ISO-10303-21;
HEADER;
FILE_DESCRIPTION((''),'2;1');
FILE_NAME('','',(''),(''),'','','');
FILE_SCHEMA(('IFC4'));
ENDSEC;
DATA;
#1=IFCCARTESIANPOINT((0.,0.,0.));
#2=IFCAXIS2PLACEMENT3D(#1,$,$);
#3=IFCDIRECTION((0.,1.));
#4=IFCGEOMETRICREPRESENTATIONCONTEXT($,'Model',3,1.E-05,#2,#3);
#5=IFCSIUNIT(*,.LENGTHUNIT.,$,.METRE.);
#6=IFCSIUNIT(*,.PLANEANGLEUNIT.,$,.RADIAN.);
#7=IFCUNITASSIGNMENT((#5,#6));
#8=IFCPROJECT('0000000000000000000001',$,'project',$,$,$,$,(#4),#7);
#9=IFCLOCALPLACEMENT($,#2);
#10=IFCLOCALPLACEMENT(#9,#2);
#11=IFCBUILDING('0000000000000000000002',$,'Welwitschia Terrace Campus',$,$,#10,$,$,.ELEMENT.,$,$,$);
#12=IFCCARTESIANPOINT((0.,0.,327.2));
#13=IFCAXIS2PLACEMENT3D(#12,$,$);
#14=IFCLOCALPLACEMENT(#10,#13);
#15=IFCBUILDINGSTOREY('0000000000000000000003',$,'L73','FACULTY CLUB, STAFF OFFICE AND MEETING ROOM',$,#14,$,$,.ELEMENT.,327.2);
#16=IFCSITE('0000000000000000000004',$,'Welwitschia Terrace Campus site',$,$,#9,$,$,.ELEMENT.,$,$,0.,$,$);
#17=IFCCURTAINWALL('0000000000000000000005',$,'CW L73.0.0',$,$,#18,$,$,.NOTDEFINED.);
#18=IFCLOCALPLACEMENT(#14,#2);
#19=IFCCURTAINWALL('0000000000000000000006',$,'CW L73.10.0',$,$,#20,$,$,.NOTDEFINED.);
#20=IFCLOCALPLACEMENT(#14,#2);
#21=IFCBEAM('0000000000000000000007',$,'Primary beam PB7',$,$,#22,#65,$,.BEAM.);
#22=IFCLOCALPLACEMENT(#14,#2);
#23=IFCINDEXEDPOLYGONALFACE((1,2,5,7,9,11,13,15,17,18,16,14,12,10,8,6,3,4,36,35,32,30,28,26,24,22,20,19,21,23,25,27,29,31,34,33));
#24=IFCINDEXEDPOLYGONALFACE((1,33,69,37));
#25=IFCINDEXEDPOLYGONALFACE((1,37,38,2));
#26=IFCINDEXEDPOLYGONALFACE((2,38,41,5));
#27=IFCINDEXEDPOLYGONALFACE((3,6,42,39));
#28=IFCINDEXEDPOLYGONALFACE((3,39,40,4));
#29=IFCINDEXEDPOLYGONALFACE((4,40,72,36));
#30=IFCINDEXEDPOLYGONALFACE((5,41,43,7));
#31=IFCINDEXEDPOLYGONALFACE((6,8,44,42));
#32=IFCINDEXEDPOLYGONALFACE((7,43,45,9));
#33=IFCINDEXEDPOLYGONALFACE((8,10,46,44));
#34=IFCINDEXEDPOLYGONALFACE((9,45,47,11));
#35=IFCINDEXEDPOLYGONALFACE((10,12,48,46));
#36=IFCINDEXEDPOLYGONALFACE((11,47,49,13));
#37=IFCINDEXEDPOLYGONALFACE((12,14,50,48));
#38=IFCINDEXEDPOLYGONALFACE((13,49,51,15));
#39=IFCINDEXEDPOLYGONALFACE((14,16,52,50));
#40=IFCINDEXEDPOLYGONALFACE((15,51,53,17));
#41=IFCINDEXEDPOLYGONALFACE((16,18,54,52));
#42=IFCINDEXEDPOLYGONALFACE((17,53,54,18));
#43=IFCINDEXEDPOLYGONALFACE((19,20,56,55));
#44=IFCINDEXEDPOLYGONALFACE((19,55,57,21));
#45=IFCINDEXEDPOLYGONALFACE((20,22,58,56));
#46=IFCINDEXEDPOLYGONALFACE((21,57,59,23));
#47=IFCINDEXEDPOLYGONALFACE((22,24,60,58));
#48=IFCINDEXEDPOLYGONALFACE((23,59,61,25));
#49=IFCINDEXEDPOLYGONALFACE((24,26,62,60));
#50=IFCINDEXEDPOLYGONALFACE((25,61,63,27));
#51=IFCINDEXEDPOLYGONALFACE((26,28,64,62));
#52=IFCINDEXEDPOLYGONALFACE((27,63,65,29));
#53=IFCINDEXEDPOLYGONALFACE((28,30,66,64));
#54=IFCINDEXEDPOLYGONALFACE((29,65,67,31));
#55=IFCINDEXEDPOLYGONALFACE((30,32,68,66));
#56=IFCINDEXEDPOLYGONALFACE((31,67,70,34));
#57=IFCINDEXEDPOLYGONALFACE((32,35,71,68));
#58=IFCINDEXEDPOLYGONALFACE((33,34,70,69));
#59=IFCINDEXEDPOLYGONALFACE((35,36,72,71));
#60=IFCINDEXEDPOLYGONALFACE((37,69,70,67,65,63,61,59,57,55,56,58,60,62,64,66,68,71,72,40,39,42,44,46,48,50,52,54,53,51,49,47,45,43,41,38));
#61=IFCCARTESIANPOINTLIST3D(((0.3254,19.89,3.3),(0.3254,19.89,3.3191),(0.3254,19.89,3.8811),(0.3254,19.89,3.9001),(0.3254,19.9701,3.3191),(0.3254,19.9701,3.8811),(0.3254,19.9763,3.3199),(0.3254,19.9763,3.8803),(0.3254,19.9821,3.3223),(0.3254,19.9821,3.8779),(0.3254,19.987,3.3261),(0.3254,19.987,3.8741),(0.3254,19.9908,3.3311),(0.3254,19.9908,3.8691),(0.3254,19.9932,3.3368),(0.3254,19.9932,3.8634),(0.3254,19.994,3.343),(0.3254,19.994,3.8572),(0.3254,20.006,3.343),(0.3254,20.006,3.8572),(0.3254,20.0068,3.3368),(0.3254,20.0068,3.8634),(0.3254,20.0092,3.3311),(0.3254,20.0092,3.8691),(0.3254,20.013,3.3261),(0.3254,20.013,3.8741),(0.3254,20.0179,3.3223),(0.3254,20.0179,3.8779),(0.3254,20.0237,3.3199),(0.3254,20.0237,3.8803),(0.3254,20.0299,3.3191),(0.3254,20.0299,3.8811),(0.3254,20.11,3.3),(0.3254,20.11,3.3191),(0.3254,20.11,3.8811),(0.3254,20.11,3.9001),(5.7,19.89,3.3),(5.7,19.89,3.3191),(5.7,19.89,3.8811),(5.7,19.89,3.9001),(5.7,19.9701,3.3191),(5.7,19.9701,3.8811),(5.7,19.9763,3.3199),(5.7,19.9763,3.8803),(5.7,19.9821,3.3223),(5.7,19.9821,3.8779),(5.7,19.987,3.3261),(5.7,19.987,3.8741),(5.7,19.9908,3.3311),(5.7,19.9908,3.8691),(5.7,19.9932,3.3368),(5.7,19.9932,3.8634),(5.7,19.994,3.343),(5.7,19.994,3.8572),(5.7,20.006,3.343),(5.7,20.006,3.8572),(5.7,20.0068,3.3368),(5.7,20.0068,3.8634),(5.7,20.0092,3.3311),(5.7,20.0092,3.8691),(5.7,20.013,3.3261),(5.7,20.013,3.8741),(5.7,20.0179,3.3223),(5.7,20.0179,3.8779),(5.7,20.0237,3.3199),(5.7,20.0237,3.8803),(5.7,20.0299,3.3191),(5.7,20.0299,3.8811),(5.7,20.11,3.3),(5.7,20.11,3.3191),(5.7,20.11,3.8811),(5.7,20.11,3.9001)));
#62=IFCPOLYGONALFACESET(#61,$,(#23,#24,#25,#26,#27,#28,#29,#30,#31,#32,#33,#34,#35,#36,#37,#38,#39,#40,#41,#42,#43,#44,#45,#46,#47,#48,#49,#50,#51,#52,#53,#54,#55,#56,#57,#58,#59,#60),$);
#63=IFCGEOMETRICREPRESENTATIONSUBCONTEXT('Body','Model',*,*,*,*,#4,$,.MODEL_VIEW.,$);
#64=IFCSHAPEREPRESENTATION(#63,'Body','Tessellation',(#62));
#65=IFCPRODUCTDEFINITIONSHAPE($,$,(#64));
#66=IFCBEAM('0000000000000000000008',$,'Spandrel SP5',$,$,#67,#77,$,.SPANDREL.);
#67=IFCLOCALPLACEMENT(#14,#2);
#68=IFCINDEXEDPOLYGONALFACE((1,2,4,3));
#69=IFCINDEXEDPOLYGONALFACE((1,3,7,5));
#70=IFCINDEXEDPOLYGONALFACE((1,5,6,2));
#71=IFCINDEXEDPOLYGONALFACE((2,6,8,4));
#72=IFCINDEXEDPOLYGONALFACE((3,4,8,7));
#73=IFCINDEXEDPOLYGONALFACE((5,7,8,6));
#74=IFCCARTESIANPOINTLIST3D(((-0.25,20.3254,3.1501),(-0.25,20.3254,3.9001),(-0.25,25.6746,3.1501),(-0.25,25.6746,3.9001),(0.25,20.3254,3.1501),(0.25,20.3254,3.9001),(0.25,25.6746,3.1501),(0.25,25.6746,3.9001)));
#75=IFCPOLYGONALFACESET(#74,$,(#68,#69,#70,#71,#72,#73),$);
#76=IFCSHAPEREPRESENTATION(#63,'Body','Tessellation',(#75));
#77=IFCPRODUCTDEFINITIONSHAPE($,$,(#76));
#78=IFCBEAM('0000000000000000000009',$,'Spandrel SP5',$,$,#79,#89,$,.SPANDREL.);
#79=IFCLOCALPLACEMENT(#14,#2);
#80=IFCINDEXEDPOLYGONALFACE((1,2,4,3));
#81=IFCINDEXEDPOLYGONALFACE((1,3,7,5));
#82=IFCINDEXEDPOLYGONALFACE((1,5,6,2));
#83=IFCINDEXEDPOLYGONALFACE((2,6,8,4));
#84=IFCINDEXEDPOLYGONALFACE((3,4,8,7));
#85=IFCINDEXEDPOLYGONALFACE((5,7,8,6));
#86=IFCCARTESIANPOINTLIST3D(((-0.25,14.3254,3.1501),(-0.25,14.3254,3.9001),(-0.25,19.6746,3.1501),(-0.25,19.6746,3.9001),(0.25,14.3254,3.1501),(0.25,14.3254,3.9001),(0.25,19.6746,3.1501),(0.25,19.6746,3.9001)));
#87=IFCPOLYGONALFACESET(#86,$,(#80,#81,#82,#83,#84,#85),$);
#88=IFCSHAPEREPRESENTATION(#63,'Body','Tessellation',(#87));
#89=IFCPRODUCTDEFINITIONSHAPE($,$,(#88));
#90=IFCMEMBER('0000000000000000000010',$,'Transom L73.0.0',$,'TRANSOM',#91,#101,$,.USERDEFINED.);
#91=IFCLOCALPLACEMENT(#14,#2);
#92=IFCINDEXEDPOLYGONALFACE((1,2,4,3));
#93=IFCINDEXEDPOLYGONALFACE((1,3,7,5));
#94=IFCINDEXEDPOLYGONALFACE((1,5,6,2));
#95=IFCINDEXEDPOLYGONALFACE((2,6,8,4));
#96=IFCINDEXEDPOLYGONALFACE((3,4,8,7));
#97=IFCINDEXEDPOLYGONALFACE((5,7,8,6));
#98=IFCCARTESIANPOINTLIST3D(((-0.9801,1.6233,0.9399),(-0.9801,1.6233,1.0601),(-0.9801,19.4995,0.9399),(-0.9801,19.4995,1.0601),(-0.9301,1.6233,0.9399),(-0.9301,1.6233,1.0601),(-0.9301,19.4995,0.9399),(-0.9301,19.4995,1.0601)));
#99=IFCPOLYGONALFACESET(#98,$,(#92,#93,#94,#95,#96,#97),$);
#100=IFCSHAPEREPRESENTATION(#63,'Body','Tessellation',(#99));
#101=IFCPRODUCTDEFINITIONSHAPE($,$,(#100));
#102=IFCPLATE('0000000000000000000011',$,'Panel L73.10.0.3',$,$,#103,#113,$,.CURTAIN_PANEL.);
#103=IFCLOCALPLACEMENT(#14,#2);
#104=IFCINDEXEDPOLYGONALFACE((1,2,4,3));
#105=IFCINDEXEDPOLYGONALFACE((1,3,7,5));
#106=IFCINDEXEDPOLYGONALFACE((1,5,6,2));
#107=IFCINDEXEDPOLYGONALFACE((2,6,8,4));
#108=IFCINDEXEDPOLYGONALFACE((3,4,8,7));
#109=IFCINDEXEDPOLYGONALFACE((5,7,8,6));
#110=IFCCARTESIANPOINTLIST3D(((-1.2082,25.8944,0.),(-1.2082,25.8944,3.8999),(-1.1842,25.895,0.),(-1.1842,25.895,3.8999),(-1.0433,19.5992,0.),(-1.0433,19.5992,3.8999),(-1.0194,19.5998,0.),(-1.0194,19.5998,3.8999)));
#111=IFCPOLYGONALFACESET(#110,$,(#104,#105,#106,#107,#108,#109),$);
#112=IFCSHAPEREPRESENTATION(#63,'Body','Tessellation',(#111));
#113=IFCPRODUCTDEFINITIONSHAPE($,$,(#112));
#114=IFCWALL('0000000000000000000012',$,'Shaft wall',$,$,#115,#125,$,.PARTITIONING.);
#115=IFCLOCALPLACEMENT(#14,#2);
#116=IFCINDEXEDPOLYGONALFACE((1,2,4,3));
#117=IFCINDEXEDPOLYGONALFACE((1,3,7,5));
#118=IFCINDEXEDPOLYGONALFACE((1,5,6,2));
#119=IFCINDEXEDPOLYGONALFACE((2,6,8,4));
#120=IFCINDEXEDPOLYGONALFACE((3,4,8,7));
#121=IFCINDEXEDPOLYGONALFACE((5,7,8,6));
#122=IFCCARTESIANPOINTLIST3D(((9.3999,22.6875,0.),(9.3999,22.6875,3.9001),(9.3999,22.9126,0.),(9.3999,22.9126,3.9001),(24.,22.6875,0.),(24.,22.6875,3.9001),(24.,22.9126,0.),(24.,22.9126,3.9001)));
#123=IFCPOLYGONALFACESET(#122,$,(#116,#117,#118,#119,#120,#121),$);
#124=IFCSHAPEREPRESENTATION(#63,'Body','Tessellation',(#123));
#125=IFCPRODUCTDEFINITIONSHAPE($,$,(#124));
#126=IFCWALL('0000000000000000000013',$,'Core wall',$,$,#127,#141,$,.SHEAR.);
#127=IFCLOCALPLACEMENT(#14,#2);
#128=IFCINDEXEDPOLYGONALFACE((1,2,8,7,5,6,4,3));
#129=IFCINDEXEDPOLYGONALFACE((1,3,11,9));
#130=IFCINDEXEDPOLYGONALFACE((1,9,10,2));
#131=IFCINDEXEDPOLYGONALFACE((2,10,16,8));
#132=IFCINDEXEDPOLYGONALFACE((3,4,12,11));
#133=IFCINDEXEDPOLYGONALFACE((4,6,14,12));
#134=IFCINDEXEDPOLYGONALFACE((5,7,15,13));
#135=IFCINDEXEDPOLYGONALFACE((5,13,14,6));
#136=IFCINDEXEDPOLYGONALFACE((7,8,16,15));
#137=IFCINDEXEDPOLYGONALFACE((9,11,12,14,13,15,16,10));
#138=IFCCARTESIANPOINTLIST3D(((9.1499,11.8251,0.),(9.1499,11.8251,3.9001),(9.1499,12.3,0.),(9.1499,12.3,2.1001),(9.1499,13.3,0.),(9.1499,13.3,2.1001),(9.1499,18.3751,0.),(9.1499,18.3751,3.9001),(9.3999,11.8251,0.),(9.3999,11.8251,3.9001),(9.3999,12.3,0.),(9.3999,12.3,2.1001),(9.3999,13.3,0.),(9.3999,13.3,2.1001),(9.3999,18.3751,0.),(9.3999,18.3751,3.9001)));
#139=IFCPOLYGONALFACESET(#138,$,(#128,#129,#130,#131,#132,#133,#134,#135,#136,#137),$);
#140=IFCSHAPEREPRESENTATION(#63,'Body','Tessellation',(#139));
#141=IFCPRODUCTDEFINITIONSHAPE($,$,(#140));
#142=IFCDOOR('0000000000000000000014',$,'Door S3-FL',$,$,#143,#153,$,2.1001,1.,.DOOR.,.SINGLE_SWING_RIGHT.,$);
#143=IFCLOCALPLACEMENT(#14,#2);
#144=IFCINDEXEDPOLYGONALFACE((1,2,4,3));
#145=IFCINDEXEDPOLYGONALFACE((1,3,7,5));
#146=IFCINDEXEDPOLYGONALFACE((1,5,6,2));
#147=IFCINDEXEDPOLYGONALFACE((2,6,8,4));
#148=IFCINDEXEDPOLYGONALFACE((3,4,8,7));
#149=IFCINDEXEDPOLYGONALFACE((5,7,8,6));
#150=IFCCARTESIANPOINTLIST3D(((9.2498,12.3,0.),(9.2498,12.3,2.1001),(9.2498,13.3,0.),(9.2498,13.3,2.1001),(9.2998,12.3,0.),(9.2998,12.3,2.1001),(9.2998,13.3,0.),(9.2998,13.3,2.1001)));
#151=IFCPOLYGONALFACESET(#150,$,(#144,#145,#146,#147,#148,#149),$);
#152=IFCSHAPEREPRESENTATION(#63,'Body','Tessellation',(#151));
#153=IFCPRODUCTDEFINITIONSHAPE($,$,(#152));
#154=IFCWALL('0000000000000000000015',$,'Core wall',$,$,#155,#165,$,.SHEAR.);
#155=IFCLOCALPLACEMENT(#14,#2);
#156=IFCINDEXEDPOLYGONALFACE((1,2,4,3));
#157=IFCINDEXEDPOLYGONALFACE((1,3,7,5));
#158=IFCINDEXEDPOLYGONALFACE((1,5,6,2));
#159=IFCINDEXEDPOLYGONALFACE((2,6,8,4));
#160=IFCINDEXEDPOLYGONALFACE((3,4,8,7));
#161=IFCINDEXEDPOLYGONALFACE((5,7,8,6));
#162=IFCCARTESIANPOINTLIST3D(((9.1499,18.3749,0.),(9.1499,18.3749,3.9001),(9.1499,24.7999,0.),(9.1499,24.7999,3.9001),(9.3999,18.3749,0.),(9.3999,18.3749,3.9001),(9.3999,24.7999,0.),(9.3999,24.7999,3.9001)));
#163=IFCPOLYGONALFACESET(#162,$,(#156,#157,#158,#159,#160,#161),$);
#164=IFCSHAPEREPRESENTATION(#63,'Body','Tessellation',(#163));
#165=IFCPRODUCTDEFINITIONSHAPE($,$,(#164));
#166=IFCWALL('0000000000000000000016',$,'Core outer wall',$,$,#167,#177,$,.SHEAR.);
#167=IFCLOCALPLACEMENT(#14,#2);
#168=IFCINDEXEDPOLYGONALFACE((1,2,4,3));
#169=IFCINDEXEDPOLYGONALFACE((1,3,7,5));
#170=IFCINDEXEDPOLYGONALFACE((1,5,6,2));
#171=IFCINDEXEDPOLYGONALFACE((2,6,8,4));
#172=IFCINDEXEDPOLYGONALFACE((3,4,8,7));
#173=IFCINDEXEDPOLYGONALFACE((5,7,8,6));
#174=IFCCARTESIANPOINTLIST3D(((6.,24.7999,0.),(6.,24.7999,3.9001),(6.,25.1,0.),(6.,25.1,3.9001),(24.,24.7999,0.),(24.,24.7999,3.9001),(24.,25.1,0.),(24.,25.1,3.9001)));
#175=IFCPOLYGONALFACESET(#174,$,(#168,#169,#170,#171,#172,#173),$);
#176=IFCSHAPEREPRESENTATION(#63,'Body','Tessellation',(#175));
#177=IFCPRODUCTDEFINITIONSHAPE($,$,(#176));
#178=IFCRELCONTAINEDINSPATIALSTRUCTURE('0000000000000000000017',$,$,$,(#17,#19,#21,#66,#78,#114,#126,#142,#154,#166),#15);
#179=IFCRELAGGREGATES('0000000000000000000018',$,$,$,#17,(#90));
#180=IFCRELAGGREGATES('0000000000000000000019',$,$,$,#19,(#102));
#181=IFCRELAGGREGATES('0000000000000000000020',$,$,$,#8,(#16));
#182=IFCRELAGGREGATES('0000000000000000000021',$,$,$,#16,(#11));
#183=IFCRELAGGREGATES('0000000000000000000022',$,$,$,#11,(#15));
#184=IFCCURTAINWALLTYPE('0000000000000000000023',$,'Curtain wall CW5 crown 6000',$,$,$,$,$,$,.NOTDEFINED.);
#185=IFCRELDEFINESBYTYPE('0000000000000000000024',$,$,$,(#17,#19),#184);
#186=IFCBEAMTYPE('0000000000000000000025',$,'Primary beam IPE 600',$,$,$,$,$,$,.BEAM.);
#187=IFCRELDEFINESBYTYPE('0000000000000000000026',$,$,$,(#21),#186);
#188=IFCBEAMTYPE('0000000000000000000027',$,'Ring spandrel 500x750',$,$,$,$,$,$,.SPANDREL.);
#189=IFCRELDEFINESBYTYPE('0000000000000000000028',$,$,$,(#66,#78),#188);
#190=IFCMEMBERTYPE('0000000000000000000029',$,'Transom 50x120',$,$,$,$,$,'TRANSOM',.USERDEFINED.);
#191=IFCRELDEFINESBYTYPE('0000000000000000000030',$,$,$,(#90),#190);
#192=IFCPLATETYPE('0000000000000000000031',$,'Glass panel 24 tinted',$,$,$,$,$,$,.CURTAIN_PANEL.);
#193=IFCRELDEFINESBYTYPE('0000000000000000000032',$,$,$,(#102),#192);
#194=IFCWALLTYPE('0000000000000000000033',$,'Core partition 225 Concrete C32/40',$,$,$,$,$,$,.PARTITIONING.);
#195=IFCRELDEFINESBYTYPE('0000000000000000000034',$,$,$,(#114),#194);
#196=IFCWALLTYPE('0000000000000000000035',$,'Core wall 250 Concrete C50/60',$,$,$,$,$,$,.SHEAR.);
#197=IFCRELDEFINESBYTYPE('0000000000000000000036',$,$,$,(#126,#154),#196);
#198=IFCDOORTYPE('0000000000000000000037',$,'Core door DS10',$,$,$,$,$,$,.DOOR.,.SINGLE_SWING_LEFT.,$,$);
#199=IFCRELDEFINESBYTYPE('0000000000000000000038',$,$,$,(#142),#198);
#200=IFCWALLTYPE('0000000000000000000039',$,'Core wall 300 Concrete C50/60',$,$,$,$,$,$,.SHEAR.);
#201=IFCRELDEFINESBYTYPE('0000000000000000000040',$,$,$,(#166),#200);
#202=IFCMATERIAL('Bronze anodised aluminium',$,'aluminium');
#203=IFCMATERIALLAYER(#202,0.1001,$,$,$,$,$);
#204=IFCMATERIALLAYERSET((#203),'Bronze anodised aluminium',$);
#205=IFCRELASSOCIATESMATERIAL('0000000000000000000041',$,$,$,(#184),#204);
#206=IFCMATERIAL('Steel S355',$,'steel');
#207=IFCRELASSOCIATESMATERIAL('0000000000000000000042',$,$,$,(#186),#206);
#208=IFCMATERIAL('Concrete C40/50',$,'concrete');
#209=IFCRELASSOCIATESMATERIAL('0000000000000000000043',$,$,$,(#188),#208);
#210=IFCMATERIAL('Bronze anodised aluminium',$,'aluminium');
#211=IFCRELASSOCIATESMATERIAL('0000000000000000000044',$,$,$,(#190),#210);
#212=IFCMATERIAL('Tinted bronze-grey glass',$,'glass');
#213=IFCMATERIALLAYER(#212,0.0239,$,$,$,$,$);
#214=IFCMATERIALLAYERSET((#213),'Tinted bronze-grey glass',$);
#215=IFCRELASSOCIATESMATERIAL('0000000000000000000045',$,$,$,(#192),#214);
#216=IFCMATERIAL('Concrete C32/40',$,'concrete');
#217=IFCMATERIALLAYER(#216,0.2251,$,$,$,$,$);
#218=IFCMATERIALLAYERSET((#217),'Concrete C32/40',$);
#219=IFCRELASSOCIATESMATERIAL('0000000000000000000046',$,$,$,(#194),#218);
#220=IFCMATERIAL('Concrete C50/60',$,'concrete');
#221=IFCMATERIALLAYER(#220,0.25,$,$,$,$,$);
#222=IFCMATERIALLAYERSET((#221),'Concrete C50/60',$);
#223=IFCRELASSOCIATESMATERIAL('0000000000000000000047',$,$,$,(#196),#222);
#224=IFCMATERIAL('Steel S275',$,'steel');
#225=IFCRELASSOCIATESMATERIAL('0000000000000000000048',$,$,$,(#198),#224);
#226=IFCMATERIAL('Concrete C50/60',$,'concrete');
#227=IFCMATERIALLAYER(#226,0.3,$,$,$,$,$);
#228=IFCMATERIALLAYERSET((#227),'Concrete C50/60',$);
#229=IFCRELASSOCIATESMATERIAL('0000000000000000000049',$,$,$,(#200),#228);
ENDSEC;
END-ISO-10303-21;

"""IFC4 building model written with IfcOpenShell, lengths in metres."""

from ifc_helpers import new_model, si_unit, direction, frame, frame_2d, origin, origin_2d, place, context, subcontext, project, spatial, rectangle, i_section, extrude, material, layer, layer_set, material_profile, profile_set, type_object, element, fill, aggregate, save


model = new_model("IFC4")

# Units and contexts
model_context = context("Model", 3, precision=1e-05, world=origin(), true_north=direction((0.0, 1.0)))
body_context = subcontext(model_context, "Body", "Model", "MODEL_VIEW")
ifc_project = project(units=[si_unit("LENGTHUNIT", "METRE"), si_unit("PLANEANGLEUNIT", "RADIAN")], contexts=[model_context])

# Site, building, storey
site_placement = place(None, origin())
site = spatial("IfcSite", under=ifc_project, at=site_placement, Name="Welwitschia Terrace Campus site", CompositionType="ELEMENT", RefElevation=0.0)
building_placement = place(site_placement, origin())
building = spatial("IfcBuilding", under=site, at=building_placement, Name="Welwitschia Terrace Campus", CompositionType="ELEMENT")
storey_placement = place(building_placement, frame((0.0, 0.0, 327.2)))
storey = spatial("IfcBuildingStorey", under=building, at=storey_placement, Name="L73", Description="FACULTY CLUB, STAFF OFFICE AND MEETING ROOM", CompositionType="ELEMENT", Elevation=327.2)

# Curtain wall
ifc_material_1 = material(Name="Bronze anodised aluminium", Category="aluminium")
ifc_layer_1 = layer(ifc_material_1, 0.1001)
ifc_layer_set_1 = layer_set([ifc_layer_1], Name="Bronze anodised aluminium")
curtain_wall_type = type_object("IfcCurtainWallType", Name="Curtain wall CW5 crown 6000", PredefinedType="NOTDEFINED", material=ifc_layer_set_1)
curtain_wall_1_placement = place(storey_placement, origin())
curtain_wall_1 = element("IfcCurtainWall", 1, at=curtain_wall_1_placement, inside=storey, type_object=curtain_wall_type, Name="CW L73.0.0", PredefinedType="NOTDEFINED")

# Curtain wall
curtain_wall_2_placement = place(storey_placement, origin())
curtain_wall_2 = element("IfcCurtainWall", 2, at=curtain_wall_2_placement, inside=storey, type_object=curtain_wall_type, Name="CW L73.10.0", PredefinedType="NOTDEFINED")

# Beams
ifc_material_2 = material(Name="Steel S355", Category="steel")
ifc_material_profile_1 = material_profile(ifc_material_2, i_section(OverallWidth=0.22, OverallDepth=0.6001, WebThickness=0.012, FlangeThickness=0.019, FilletRadius=0.0239, at=origin_2d()))
ifc_profile_set_1 = profile_set([ifc_material_profile_1], Name="Steel S355")
beam_type_1 = type_object("IfcBeamType", Name="Primary beam IPE 600", PredefinedType="BEAM", material=ifc_profile_set_1)
beam_1_placement = place(storey_placement, frame((0.3254, 20.0, 3.6001), z_axis=(1.0, 0.0, 0.0), x_axis=(0.0, 1.0, 0.0)))
element("IfcBeam", 3, at=beam_1_placement, inside=storey, type_object=beam_type_1, Name="Primary beam PB7", PredefinedType="BEAM", context=body_context, shape_type="SweptSolid", body=[
    extrude(i_section(OverallWidth=0.22, OverallDepth=0.6001, WebThickness=0.012, FlangeThickness=0.019, FilletRadius=0.0239, at=origin_2d()), origin(), (0.0, 0.0, 1.0), 5.3745),
])
ifc_material_3 = material(Name="Concrete C40/50", Category="concrete")
ifc_material_profile_2 = material_profile(ifc_material_3, rectangle(XDim=0.5, YDim=0.75, at=origin_2d()))
ifc_profile_set_2 = profile_set([ifc_material_profile_2], Name="Concrete C40/50")
beam_type_2 = type_object("IfcBeamType", Name="Ring spandrel 500x750", PredefinedType="SPANDREL", material=ifc_profile_set_2)
for number, where, z_axis, x_axis, name in (
    (4, (0.0, 25.6746, 3.5251), (0.0, -1.0, 0.0), (1.0, 0.0, 0.0), "Spandrel SP5"),
    (5, (0.0, 19.6746, 3.5251), (0.0, -1.0, 0.0), (1.0, 0.0, 0.0), "Spandrel SP5"),
):
    element("IfcBeam", number, at=place(storey_placement, frame(where, z_axis=z_axis, x_axis=x_axis)), inside=storey, type_object=beam_type_2, Name=name, PredefinedType="SPANDREL", context=body_context, shape_type="SweptSolid", body=[
        extrude(rectangle(XDim=0.5, YDim=0.75, at=origin_2d()), origin(), (0.0, 0.0, 1.0), 5.3491),
    ])

# Member
ifc_material_4 = material(Name="Bronze anodised aluminium", Category="aluminium")
ifc_material_profile_3 = material_profile(ifc_material_4, rectangle(XDim=0.05, YDim=0.1201, at=origin_2d()))
ifc_profile_set_3 = profile_set([ifc_material_profile_3], Name="Bronze anodised aluminium")
member_type_1 = type_object("IfcMemberType", Name="Transom 50x120", ElementType="TRANSOM", PredefinedType="USERDEFINED", material=ifc_profile_set_3)
member_1_placement = place(storey_placement, frame((-0.9551, 19.4995, 1.0), z_axis=(0.0, -1.0, 0.0), x_axis=(1.0, 0.0, 0.0)))
member_1 = element("IfcMember", 6, at=member_1_placement, type_object=member_type_1, Name="Transom L73.0.0", ObjectType="TRANSOM", PredefinedType="USERDEFINED", context=body_context, shape_type="SweptSolid", body=[
    extrude(rectangle(XDim=0.05, YDim=0.1201, at=origin_2d()), origin(), (0.0, 0.0, 1.0), 17.8762),
])
aggregate(curtain_wall_1, [member_1])

# Plate
ifc_material_5 = material(Name="Tinted bronze-grey glass", Category="glass")
ifc_layer_2 = layer(ifc_material_5, 0.0239)
ifc_layer_set_2 = layer_set([ifc_layer_2], Name="Tinted bronze-grey glass")
plate_type = type_object("IfcPlateType", Name="Glass panel 24 tinted", PredefinedType="CURTAIN_PANEL", material=ifc_layer_set_2)
plate_placement = place(storey_placement, frame((-1.1138, 22.7471, 0.0), z_axis=(0.0, 0.0, 1.0), x_axis=(0.026177, -0.999657, 0.0)))
plate = element("IfcPlate", 7, at=plate_placement, type_object=plate_type, Name="Panel L73.10.0.3", PredefinedType="CURTAIN_PANEL", context=body_context, shape_type="SweptSolid", body=[
    extrude(rectangle(XDim=6.2974, YDim=0.0239, at=origin_2d()), origin(), (0.0, 0.0, 1.0), 3.8999),
])
aggregate(curtain_wall_2, [plate])

# Wall
ifc_material_6 = material(Name="Concrete C32/40", Category="concrete")
ifc_layer_3 = layer(ifc_material_6, 0.2251)
ifc_layer_set_3 = layer_set([ifc_layer_3], Name="Concrete C32/40")
wall_type_1 = type_object("IfcWallType", Name="Core partition 225 Concrete C32/40", PredefinedType="PARTITIONING", material=ifc_layer_set_3)
wall_1_placement = place(storey_placement, frame((9.3999, 22.8, 0.0), z_axis=(0.0, 0.0, 1.0), x_axis=(1.0, 0.0, 0.0)))
element("IfcWall", 8, at=wall_1_placement, inside=storey, type_object=wall_type_1, Name="Shaft wall", PredefinedType="PARTITIONING", context=body_context, shape_type="SweptSolid", body=[
    extrude(rectangle(XDim=14.6001, YDim=0.2251, at=frame_2d((7.3, 0.0))), origin(), (0.0, 0.0, 1.0), 3.9001),
])

# Wall, opening, door
ifc_material_7 = material(Name="Concrete C50/60", Category="concrete")
ifc_layer_4 = layer(ifc_material_7, 0.25)
ifc_layer_set_4 = layer_set([ifc_layer_4], Name="Concrete C50/60")
wall_type_2 = type_object("IfcWallType", Name="Core wall 250 Concrete C50/60", PredefinedType="SHEAR", material=ifc_layer_set_4)
wall_2_placement = place(storey_placement, frame((9.2749, 18.375, 0.0), z_axis=(0.0, 0.0, 1.0), x_axis=(0.0, -1.0, 0.0)))
wall_2 = element("IfcWall", 9, at=wall_2_placement, inside=storey, type_object=wall_type_2, Name="Core wall", PredefinedType="SHEAR", context=body_context, shape_type="SweptSolid", body=[
    extrude(rectangle(XDim=6.55, YDim=0.25, at=frame_2d((3.2749, 0.0))), origin(), (0.0, 0.0, 1.0), 3.9001),
])
opening_1_placement = place(wall_2_placement, frame((5.075, 0.0, 0.0)))
opening_1 = element("IfcOpeningElement", 10, at=opening_1_placement, cuts=wall_2, PredefinedType="OPENING", context=body_context, shape_type="SweptSolid", body=[
    extrude(rectangle(XDim=1.0, YDim=2.1001, at=frame_2d((0.5, 1.05))), frame((0.0, 0.135, 0.0), z_axis=(0.0, -1.0, 0.0), x_axis=(1.0, 0.0, 0.0)), (0.0, 0.0, 1.0), 0.27),
])
ifc_material_8 = material(Name="Steel S275", Category="steel")
door_type_1 = type_object("IfcDoorType", Name="Core door DS10", OperationType="SINGLE_SWING_LEFT", PredefinedType="DOOR", material=ifc_material_8)
door_1_placement = place(opening_1_placement, origin())
door_1 = element("IfcDoor", 11, at=door_1_placement, inside=storey, type_object=door_type_1, Name="Door S3-FL", OperationType="SINGLE_SWING_RIGHT", OverallHeight=2.1001, OverallWidth=1.0, PredefinedType="DOOR", context=body_context, shape_type="SweptSolid", body=[
    extrude(rectangle(XDim=1.0, YDim=2.1001, at=frame_2d((0.5, 1.05))), frame((0.0, 0.0249, 0.0), z_axis=(0.0, -1.0, 0.0), x_axis=(1.0, 0.0, 0.0)), (0.0, 0.0, 1.0), 0.05),
])
fill(opening_1, door_1)

# Walls
wall_3_placement = place(storey_placement, frame((9.2749, 18.375, 0.0), z_axis=(0.0, 0.0, 1.0), x_axis=(0.0, 1.0, 0.0)))
element("IfcWall", 12, at=wall_3_placement, inside=storey, type_object=wall_type_2, Name="Core wall", PredefinedType="SHEAR", context=body_context, shape_type="SweptSolid", body=[
    extrude(rectangle(XDim=6.425, YDim=0.25, at=frame_2d((3.2124, 0.0))), origin(), (0.0, 0.0, 1.0), 3.9001),
])
ifc_material_9 = material(Name="Concrete C50/60", Category="concrete")
ifc_layer_5 = layer(ifc_material_9, 0.3)
ifc_layer_set_5 = layer_set([ifc_layer_5], Name="Concrete C50/60")
wall_type_3 = type_object("IfcWallType", Name="Core wall 300 Concrete C50/60", PredefinedType="SHEAR", material=ifc_layer_set_5)
wall_4_placement = place(storey_placement, frame((6.0, 24.95, 0.0), z_axis=(0.0, 0.0, 1.0), x_axis=(1.0, 0.0, 0.0)))
element("IfcWall", 13, at=wall_4_placement, inside=storey, type_object=wall_type_3, Name="Core outer wall", PredefinedType="SHEAR", context=body_context, shape_type="SweptSolid", body=[
    extrude(rectangle(XDim=18.0, YDim=0.3, at=frame_2d((9.0, 0.0))), origin(), (0.0, 0.0, 1.0), 3.9001),
])

save(model, "model.ifc")
